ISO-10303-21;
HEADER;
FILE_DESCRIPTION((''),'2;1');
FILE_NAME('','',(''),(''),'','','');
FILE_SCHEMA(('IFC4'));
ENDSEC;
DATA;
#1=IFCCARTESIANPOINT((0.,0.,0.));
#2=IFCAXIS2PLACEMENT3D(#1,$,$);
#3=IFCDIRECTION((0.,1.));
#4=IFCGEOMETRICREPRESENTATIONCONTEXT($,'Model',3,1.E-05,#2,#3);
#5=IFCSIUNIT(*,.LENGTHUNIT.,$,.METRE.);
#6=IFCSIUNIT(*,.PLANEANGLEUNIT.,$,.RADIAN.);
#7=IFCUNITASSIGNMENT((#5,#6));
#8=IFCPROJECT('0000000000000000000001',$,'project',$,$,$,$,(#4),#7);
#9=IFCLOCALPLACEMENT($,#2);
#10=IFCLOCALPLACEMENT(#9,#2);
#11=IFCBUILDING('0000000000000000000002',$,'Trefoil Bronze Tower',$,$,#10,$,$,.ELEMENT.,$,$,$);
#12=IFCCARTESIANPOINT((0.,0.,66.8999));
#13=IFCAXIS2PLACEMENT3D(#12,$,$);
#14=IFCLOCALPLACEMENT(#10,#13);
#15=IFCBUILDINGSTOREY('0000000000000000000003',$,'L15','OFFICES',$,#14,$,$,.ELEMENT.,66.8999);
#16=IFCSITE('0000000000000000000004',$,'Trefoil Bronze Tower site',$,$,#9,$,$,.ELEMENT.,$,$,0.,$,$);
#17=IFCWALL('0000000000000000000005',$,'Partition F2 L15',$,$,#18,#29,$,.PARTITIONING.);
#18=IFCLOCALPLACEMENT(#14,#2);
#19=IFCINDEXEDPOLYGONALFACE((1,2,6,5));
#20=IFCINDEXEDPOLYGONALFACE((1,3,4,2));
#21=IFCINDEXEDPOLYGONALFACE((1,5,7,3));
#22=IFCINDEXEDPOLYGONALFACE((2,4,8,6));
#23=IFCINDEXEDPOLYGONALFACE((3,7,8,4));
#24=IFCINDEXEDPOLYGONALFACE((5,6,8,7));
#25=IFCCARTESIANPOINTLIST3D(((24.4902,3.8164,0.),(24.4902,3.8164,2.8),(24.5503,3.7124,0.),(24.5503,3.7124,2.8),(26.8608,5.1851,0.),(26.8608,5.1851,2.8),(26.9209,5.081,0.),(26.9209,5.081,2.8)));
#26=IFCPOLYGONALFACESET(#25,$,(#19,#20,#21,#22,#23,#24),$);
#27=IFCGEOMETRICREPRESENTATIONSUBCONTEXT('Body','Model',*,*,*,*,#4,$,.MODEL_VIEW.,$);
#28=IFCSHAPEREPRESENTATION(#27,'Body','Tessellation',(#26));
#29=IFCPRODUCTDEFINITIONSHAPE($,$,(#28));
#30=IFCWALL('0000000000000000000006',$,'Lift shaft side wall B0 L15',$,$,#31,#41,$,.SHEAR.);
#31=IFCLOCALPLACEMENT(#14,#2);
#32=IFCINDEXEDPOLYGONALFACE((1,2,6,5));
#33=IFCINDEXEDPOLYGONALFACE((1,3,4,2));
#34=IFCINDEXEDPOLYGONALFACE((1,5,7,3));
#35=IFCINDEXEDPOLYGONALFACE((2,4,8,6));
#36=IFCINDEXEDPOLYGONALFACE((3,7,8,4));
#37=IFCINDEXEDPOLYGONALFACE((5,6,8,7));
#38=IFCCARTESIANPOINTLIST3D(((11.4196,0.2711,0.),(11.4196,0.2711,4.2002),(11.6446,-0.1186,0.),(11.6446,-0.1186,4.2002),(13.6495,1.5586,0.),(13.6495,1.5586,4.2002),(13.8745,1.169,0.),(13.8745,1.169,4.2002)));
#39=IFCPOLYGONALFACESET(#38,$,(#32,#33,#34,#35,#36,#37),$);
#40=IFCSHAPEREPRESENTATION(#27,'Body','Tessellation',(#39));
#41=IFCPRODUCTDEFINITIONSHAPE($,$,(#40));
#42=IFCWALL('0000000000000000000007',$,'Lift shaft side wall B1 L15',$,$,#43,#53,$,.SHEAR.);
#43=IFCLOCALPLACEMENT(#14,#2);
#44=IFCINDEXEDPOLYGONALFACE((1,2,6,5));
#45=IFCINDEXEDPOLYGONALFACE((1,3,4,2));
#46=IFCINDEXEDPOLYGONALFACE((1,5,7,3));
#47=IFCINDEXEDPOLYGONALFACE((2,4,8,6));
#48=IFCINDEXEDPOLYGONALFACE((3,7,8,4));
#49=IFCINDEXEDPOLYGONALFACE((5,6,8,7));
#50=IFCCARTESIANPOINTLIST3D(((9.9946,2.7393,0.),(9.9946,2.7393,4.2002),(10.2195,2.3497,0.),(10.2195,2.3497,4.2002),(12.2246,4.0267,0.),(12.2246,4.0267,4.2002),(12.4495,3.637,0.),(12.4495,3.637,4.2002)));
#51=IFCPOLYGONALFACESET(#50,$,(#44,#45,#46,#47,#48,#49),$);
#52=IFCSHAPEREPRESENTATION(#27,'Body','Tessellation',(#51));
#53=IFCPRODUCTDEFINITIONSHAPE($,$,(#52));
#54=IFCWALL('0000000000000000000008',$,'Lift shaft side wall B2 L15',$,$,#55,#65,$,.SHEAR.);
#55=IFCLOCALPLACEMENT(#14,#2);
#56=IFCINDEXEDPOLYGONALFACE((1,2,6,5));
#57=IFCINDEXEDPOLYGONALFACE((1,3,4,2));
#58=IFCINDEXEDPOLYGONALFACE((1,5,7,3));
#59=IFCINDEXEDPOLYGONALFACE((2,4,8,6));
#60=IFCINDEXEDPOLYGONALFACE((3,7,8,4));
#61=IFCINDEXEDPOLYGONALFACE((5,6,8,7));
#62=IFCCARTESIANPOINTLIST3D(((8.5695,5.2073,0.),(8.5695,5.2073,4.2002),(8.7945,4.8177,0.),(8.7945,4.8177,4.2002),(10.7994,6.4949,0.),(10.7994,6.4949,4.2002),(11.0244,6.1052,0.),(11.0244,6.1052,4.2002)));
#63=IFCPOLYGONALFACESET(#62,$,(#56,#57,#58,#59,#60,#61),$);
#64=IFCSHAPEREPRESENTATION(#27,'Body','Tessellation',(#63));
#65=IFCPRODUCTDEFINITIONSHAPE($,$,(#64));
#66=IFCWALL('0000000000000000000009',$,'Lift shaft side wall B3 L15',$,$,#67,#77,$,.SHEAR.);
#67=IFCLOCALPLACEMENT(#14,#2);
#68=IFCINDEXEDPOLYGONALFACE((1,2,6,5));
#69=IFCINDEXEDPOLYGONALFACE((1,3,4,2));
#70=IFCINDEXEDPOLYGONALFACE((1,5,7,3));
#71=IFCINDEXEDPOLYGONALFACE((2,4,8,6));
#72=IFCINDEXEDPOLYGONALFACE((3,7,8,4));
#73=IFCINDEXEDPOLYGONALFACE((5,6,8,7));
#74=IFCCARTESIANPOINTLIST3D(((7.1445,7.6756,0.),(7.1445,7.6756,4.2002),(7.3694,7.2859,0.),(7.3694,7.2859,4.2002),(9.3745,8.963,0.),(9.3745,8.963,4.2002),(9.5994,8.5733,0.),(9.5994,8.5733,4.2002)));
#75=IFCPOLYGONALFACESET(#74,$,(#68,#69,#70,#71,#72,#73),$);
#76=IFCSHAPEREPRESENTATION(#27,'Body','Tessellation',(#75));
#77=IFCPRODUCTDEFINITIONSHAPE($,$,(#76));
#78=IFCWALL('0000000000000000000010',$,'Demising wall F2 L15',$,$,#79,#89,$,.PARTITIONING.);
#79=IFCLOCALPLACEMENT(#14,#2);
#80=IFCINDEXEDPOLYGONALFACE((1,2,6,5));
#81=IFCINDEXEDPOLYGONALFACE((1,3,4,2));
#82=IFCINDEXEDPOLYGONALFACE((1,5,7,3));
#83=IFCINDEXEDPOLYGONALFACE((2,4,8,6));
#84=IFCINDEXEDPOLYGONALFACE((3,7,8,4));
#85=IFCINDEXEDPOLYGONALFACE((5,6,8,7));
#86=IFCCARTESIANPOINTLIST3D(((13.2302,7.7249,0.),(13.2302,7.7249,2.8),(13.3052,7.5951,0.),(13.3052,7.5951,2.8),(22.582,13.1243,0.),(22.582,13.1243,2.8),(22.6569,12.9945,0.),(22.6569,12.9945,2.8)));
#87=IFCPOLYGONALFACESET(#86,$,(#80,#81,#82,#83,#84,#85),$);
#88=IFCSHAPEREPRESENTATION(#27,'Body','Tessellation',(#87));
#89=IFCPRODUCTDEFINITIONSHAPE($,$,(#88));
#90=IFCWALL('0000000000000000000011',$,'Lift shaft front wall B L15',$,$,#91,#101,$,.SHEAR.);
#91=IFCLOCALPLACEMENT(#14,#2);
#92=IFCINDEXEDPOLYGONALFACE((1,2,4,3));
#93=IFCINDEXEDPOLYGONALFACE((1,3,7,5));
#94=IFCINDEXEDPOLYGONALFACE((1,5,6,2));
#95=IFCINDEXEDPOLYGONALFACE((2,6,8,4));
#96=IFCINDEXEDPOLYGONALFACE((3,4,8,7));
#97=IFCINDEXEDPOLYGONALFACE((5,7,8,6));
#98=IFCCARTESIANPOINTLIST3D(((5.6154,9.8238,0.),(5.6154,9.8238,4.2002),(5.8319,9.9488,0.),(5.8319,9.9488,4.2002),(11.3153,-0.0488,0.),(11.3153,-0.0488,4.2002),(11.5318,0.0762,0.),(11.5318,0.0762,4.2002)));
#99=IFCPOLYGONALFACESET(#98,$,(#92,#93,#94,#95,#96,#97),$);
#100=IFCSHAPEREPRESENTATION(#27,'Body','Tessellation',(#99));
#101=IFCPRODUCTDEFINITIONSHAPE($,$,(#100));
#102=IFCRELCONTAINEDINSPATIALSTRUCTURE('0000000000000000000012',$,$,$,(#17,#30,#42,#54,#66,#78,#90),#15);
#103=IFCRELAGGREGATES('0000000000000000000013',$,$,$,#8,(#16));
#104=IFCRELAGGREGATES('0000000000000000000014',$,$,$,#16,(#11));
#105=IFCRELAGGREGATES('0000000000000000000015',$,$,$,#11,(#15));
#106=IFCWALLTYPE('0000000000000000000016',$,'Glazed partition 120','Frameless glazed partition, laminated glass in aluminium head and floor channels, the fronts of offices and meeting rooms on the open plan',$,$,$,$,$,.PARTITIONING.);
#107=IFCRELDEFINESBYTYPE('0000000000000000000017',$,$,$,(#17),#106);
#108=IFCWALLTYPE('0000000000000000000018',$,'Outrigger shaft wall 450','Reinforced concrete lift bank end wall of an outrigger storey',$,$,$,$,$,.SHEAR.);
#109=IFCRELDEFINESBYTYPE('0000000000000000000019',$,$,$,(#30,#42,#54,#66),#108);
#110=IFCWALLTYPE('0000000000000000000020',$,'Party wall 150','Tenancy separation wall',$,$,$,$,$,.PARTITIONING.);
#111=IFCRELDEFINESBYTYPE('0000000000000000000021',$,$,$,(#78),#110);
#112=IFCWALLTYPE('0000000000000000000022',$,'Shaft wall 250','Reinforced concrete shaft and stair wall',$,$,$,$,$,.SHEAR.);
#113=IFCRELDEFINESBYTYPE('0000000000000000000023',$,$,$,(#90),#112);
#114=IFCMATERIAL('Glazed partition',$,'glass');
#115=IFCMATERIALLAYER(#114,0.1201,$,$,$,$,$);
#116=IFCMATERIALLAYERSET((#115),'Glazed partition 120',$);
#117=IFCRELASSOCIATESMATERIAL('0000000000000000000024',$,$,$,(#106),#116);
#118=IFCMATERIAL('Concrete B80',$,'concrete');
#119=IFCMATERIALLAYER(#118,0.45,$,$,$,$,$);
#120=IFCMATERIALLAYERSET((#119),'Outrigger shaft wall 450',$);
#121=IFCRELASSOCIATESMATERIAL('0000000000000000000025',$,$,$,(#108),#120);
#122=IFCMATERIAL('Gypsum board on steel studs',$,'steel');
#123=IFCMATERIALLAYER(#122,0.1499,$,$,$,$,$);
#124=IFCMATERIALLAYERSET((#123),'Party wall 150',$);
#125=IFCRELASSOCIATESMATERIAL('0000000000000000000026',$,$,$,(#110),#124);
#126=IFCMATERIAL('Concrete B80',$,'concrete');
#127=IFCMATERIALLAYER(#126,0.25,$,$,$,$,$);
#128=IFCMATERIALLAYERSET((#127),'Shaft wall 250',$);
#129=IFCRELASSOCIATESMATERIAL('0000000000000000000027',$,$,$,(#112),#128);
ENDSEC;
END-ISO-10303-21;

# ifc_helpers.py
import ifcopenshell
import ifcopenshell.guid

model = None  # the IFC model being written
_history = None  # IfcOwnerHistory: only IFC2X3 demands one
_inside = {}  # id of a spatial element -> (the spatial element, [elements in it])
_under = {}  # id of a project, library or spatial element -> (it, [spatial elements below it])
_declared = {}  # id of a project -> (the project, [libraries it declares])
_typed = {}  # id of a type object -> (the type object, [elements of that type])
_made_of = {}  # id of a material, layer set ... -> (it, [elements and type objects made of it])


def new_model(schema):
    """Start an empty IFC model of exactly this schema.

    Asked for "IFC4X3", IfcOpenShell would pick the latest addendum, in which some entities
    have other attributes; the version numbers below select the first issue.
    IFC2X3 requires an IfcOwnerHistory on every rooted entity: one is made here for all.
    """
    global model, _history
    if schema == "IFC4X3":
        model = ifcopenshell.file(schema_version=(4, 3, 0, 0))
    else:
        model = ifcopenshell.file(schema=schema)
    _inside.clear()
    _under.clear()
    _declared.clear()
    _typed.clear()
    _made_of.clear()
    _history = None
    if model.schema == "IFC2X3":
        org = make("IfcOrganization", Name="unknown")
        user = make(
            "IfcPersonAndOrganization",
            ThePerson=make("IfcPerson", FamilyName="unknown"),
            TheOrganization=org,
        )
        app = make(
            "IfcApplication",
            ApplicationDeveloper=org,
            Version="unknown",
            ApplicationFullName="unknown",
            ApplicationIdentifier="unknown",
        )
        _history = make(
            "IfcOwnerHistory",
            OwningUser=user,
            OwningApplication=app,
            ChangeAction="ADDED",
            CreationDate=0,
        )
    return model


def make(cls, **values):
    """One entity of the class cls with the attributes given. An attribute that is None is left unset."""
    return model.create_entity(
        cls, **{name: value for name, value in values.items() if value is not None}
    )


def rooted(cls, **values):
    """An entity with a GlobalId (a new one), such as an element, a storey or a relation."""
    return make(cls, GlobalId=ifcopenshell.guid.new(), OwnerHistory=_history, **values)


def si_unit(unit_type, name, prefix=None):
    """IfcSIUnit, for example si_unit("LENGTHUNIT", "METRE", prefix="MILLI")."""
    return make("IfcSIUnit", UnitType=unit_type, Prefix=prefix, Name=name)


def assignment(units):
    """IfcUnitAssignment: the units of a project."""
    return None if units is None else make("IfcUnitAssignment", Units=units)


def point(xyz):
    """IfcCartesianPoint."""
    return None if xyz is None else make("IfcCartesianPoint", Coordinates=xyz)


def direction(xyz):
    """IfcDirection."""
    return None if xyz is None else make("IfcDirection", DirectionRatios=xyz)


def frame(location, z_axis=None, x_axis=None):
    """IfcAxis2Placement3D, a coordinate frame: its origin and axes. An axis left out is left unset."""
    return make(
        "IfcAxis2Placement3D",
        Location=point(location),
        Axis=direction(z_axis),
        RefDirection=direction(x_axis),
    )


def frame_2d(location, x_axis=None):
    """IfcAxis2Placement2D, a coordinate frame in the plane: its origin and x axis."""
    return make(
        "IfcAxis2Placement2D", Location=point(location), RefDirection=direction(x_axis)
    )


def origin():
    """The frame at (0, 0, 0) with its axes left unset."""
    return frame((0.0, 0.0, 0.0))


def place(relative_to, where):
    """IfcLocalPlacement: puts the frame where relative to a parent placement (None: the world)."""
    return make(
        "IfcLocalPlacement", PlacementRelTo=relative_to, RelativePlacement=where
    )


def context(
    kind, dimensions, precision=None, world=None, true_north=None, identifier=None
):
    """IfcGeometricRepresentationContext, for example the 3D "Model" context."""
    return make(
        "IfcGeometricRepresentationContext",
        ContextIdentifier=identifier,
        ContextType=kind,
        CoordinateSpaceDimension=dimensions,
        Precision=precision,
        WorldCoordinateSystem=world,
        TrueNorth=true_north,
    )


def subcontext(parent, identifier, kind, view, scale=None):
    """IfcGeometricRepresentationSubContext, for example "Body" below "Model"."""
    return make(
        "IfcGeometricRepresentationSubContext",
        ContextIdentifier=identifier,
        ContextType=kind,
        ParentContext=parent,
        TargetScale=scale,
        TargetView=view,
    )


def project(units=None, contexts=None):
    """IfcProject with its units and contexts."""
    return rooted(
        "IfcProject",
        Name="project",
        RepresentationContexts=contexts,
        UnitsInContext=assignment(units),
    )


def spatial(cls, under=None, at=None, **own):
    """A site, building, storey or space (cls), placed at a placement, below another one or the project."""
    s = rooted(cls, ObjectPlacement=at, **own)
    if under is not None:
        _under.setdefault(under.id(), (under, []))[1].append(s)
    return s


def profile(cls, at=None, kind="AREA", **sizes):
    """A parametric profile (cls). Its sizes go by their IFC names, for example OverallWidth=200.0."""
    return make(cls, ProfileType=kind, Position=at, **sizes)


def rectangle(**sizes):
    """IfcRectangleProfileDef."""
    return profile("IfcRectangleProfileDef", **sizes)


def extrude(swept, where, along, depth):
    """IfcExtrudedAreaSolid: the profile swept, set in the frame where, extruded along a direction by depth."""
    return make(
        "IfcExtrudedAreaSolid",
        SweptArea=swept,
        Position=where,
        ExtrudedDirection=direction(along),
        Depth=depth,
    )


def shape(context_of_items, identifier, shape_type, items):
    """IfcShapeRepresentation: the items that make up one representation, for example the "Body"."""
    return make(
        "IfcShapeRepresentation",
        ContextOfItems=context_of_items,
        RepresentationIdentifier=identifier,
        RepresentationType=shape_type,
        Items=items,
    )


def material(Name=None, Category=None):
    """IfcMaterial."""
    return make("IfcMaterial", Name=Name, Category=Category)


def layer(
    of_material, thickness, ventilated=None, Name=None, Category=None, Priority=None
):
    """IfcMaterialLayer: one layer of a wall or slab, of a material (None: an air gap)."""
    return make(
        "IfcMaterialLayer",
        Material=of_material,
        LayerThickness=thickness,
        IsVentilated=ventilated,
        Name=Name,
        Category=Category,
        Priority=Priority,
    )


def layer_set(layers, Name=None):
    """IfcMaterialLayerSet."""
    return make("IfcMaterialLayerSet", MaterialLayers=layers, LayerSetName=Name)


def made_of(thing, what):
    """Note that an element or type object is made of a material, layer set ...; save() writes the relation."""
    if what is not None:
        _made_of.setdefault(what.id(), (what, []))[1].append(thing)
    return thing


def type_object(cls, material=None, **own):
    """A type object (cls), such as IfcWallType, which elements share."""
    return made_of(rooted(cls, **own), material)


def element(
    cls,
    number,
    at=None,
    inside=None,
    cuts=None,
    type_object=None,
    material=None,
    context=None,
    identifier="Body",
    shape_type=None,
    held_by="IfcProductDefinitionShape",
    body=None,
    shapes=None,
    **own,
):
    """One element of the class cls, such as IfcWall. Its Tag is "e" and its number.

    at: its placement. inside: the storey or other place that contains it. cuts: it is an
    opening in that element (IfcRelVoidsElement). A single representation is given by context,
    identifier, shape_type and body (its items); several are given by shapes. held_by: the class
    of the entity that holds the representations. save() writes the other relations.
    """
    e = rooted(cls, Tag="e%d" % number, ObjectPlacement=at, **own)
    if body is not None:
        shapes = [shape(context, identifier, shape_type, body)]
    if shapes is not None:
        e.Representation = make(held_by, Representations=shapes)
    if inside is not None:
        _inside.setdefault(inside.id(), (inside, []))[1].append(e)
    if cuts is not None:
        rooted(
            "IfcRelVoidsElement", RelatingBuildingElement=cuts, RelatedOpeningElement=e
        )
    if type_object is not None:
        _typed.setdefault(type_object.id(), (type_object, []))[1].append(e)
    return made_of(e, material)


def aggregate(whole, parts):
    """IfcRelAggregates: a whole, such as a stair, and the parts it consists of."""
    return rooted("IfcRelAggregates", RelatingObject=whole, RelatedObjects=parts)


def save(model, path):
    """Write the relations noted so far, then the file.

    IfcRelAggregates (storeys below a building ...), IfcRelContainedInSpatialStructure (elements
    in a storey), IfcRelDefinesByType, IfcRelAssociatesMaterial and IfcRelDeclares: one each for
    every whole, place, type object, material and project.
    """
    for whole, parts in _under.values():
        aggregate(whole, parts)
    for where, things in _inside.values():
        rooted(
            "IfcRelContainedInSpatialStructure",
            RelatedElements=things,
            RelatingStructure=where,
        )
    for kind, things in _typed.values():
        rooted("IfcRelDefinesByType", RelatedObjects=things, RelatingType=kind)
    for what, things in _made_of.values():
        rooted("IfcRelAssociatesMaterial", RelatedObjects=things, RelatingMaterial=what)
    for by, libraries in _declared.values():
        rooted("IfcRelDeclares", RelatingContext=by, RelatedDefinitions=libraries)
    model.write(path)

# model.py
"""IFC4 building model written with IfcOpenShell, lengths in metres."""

from ifc_helpers import new_model, si_unit, direction, frame, frame_2d, origin, place, context, subcontext, project, spatial, rectangle, extrude, material, layer, layer_set, type_object, element, save


model = new_model("IFC4")

# Units and contexts
model_context = context("Model", 3, precision=1e-05, world=origin(), true_north=direction((0.0, 1.0)))
body_context = subcontext(model_context, "Body", "Model", "MODEL_VIEW")
ifc_project = project(units=[si_unit("LENGTHUNIT", "METRE"), si_unit("PLANEANGLEUNIT", "RADIAN")], contexts=[model_context])

# Site, building, storey
site_placement = place(None, origin())
site = spatial("IfcSite", under=ifc_project, at=site_placement, Name="Trefoil Bronze Tower site", CompositionType="ELEMENT", RefElevation=0.0)
building_placement = place(site_placement, origin())
building = spatial("IfcBuilding", under=site, at=building_placement, Name="Trefoil Bronze Tower", CompositionType="ELEMENT")
storey_placement = place(building_placement, frame((0.0, 0.0, 66.8999)))
storey = spatial("IfcBuildingStorey", under=building, at=storey_placement, Name="L15", Description="OFFICES", CompositionType="ELEMENT", Elevation=66.8999)

# Shared definitions
ifc_material_1 = material(Name="Glazed partition", Category="glass")
ifc_layer_1 = layer(ifc_material_1, 0.1201)
ifc_layer_set_1 = layer_set([ifc_layer_1], Name="Glazed partition 120")
wall_type_1 = type_object("IfcWallType", Name="Glazed partition 120", Description="Frameless glazed partition, laminated glass in aluminium head and floor channels, the fronts of offices and meeting rooms on the open plan", PredefinedType="PARTITIONING", material=ifc_layer_set_1)

# Walls
wall_1_placement = place(storey_placement, frame((24.5203, 3.7644, 0.0), z_axis=(0.0, 0.0, 1.0), x_axis=(0.866028, 0.499995, 0.0)))
element("IfcWall", 1, at=wall_1_placement, inside=storey, type_object=wall_type_1, Name="Partition F2 L15", PredefinedType="PARTITIONING", context=body_context, shape_type="SweptSolid", body=[
    extrude(rectangle(XDim=2.7373, YDim=0.1201, at=frame_2d((1.3687, 0.0))), origin(), (0.0, 0.0, 1.0), 2.8),
])
ifc_material_2 = material(Name="Concrete B80", Category="concrete")
ifc_layer_2 = layer(ifc_material_2, 0.45)
ifc_layer_set_2 = layer_set([ifc_layer_2], Name="Outrigger shaft wall 450")
wall_type_2 = type_object("IfcWallType", Name="Outrigger shaft wall 450", Description="Reinforced concrete lift bank end wall of an outrigger storey", PredefinedType="SHEAR", material=ifc_layer_set_2)
for number, where, z_axis, x_axis, name in (
    (2, (11.532, 0.0762, 0.0), (0.0, 0.0, 1.0), (0.866006, 0.500034, 0.0), "Lift shaft side wall B0 L15"),
    (3, (10.1069, 2.5444, 0.0), (0.0, 0.0, 1.0), (0.866047, 0.499963, 0.0), "Lift shaft side wall B1 L15"),
    (4, (8.6819, 5.0125, 0.0), (0.0, 0.0, 1.0), (0.866006, 0.500034, 0.0), "Lift shaft side wall B2 L15"),
    (5, (7.2568, 7.4807, 0.0), (0.0, 0.0, 1.0), (0.866047, 0.499963, 0.0), "Lift shaft side wall B3 L15"),
):
    element("IfcWall", number, at=place(storey_placement, frame(where, z_axis=z_axis, x_axis=x_axis)), inside=storey, type_object=wall_type_2, Name=name, PredefinedType="SHEAR", context=body_context, shape_type="SweptSolid", body=[
        extrude(rectangle(XDim=2.575, YDim=0.45, at=frame_2d((1.2876, 0.0))), origin(), (0.0, 0.0, 1.0), 4.2002),
    ])
ifc_material_3 = material(Name="Gypsum board on steel studs", Category="steel")
ifc_layer_3 = layer(ifc_material_3, 0.1499)
ifc_layer_set_3 = layer_set([ifc_layer_3], Name="Party wall 150")
wall_type_3 = type_object("IfcWallType", Name="Party wall 150", Description="Tenancy separation wall", PredefinedType="PARTITIONING", material=ifc_layer_set_3)
wall_2_placement = place(storey_placement, frame((13.2676, 7.6599, 0.0), z_axis=(0.0, 0.0, 1.0), x_axis=(0.86602, 0.50001, 0.0)))
element("IfcWall", 6, at=wall_2_placement, inside=storey, type_object=wall_type_3, Name="Demising wall F2 L15", PredefinedType="PARTITIONING", context=body_context, shape_type="SweptSolid", body=[
    extrude(rectangle(XDim=10.7986, YDim=0.1499, at=frame_2d((5.3994, 0.0))), origin(), (0.0, 0.0, 1.0), 2.8),
])
ifc_material_4 = material(Name="Concrete B80", Category="concrete")
ifc_layer_4 = layer(ifc_material_4, 0.25)
ifc_layer_set_4 = layer_set([ifc_layer_4], Name="Shaft wall 250")
wall_type_4 = type_object("IfcWallType", Name="Shaft wall 250", Description="Reinforced concrete shaft and stair wall", PredefinedType="SHEAR", material=ifc_layer_set_4)
wall_3_placement = place(storey_placement, frame((11.4236, 0.0137, 0.0), z_axis=(0.0, 0.0, 1.0), x_axis=(-0.500002, 0.866024, 0.0)))
element("IfcWall", 7, at=wall_3_placement, inside=storey, type_object=wall_type_4, Name="Lift shaft front wall B L15", PredefinedType="SHEAR", context=body_context, shape_type="SweptSolid", body=[
    extrude(rectangle(XDim=11.3999, YDim=0.25, at=frame_2d((5.7, 0.0))), origin(), (0.0, 0.0, 1.0), 4.2002),
])

save(model, "model.ifc")
